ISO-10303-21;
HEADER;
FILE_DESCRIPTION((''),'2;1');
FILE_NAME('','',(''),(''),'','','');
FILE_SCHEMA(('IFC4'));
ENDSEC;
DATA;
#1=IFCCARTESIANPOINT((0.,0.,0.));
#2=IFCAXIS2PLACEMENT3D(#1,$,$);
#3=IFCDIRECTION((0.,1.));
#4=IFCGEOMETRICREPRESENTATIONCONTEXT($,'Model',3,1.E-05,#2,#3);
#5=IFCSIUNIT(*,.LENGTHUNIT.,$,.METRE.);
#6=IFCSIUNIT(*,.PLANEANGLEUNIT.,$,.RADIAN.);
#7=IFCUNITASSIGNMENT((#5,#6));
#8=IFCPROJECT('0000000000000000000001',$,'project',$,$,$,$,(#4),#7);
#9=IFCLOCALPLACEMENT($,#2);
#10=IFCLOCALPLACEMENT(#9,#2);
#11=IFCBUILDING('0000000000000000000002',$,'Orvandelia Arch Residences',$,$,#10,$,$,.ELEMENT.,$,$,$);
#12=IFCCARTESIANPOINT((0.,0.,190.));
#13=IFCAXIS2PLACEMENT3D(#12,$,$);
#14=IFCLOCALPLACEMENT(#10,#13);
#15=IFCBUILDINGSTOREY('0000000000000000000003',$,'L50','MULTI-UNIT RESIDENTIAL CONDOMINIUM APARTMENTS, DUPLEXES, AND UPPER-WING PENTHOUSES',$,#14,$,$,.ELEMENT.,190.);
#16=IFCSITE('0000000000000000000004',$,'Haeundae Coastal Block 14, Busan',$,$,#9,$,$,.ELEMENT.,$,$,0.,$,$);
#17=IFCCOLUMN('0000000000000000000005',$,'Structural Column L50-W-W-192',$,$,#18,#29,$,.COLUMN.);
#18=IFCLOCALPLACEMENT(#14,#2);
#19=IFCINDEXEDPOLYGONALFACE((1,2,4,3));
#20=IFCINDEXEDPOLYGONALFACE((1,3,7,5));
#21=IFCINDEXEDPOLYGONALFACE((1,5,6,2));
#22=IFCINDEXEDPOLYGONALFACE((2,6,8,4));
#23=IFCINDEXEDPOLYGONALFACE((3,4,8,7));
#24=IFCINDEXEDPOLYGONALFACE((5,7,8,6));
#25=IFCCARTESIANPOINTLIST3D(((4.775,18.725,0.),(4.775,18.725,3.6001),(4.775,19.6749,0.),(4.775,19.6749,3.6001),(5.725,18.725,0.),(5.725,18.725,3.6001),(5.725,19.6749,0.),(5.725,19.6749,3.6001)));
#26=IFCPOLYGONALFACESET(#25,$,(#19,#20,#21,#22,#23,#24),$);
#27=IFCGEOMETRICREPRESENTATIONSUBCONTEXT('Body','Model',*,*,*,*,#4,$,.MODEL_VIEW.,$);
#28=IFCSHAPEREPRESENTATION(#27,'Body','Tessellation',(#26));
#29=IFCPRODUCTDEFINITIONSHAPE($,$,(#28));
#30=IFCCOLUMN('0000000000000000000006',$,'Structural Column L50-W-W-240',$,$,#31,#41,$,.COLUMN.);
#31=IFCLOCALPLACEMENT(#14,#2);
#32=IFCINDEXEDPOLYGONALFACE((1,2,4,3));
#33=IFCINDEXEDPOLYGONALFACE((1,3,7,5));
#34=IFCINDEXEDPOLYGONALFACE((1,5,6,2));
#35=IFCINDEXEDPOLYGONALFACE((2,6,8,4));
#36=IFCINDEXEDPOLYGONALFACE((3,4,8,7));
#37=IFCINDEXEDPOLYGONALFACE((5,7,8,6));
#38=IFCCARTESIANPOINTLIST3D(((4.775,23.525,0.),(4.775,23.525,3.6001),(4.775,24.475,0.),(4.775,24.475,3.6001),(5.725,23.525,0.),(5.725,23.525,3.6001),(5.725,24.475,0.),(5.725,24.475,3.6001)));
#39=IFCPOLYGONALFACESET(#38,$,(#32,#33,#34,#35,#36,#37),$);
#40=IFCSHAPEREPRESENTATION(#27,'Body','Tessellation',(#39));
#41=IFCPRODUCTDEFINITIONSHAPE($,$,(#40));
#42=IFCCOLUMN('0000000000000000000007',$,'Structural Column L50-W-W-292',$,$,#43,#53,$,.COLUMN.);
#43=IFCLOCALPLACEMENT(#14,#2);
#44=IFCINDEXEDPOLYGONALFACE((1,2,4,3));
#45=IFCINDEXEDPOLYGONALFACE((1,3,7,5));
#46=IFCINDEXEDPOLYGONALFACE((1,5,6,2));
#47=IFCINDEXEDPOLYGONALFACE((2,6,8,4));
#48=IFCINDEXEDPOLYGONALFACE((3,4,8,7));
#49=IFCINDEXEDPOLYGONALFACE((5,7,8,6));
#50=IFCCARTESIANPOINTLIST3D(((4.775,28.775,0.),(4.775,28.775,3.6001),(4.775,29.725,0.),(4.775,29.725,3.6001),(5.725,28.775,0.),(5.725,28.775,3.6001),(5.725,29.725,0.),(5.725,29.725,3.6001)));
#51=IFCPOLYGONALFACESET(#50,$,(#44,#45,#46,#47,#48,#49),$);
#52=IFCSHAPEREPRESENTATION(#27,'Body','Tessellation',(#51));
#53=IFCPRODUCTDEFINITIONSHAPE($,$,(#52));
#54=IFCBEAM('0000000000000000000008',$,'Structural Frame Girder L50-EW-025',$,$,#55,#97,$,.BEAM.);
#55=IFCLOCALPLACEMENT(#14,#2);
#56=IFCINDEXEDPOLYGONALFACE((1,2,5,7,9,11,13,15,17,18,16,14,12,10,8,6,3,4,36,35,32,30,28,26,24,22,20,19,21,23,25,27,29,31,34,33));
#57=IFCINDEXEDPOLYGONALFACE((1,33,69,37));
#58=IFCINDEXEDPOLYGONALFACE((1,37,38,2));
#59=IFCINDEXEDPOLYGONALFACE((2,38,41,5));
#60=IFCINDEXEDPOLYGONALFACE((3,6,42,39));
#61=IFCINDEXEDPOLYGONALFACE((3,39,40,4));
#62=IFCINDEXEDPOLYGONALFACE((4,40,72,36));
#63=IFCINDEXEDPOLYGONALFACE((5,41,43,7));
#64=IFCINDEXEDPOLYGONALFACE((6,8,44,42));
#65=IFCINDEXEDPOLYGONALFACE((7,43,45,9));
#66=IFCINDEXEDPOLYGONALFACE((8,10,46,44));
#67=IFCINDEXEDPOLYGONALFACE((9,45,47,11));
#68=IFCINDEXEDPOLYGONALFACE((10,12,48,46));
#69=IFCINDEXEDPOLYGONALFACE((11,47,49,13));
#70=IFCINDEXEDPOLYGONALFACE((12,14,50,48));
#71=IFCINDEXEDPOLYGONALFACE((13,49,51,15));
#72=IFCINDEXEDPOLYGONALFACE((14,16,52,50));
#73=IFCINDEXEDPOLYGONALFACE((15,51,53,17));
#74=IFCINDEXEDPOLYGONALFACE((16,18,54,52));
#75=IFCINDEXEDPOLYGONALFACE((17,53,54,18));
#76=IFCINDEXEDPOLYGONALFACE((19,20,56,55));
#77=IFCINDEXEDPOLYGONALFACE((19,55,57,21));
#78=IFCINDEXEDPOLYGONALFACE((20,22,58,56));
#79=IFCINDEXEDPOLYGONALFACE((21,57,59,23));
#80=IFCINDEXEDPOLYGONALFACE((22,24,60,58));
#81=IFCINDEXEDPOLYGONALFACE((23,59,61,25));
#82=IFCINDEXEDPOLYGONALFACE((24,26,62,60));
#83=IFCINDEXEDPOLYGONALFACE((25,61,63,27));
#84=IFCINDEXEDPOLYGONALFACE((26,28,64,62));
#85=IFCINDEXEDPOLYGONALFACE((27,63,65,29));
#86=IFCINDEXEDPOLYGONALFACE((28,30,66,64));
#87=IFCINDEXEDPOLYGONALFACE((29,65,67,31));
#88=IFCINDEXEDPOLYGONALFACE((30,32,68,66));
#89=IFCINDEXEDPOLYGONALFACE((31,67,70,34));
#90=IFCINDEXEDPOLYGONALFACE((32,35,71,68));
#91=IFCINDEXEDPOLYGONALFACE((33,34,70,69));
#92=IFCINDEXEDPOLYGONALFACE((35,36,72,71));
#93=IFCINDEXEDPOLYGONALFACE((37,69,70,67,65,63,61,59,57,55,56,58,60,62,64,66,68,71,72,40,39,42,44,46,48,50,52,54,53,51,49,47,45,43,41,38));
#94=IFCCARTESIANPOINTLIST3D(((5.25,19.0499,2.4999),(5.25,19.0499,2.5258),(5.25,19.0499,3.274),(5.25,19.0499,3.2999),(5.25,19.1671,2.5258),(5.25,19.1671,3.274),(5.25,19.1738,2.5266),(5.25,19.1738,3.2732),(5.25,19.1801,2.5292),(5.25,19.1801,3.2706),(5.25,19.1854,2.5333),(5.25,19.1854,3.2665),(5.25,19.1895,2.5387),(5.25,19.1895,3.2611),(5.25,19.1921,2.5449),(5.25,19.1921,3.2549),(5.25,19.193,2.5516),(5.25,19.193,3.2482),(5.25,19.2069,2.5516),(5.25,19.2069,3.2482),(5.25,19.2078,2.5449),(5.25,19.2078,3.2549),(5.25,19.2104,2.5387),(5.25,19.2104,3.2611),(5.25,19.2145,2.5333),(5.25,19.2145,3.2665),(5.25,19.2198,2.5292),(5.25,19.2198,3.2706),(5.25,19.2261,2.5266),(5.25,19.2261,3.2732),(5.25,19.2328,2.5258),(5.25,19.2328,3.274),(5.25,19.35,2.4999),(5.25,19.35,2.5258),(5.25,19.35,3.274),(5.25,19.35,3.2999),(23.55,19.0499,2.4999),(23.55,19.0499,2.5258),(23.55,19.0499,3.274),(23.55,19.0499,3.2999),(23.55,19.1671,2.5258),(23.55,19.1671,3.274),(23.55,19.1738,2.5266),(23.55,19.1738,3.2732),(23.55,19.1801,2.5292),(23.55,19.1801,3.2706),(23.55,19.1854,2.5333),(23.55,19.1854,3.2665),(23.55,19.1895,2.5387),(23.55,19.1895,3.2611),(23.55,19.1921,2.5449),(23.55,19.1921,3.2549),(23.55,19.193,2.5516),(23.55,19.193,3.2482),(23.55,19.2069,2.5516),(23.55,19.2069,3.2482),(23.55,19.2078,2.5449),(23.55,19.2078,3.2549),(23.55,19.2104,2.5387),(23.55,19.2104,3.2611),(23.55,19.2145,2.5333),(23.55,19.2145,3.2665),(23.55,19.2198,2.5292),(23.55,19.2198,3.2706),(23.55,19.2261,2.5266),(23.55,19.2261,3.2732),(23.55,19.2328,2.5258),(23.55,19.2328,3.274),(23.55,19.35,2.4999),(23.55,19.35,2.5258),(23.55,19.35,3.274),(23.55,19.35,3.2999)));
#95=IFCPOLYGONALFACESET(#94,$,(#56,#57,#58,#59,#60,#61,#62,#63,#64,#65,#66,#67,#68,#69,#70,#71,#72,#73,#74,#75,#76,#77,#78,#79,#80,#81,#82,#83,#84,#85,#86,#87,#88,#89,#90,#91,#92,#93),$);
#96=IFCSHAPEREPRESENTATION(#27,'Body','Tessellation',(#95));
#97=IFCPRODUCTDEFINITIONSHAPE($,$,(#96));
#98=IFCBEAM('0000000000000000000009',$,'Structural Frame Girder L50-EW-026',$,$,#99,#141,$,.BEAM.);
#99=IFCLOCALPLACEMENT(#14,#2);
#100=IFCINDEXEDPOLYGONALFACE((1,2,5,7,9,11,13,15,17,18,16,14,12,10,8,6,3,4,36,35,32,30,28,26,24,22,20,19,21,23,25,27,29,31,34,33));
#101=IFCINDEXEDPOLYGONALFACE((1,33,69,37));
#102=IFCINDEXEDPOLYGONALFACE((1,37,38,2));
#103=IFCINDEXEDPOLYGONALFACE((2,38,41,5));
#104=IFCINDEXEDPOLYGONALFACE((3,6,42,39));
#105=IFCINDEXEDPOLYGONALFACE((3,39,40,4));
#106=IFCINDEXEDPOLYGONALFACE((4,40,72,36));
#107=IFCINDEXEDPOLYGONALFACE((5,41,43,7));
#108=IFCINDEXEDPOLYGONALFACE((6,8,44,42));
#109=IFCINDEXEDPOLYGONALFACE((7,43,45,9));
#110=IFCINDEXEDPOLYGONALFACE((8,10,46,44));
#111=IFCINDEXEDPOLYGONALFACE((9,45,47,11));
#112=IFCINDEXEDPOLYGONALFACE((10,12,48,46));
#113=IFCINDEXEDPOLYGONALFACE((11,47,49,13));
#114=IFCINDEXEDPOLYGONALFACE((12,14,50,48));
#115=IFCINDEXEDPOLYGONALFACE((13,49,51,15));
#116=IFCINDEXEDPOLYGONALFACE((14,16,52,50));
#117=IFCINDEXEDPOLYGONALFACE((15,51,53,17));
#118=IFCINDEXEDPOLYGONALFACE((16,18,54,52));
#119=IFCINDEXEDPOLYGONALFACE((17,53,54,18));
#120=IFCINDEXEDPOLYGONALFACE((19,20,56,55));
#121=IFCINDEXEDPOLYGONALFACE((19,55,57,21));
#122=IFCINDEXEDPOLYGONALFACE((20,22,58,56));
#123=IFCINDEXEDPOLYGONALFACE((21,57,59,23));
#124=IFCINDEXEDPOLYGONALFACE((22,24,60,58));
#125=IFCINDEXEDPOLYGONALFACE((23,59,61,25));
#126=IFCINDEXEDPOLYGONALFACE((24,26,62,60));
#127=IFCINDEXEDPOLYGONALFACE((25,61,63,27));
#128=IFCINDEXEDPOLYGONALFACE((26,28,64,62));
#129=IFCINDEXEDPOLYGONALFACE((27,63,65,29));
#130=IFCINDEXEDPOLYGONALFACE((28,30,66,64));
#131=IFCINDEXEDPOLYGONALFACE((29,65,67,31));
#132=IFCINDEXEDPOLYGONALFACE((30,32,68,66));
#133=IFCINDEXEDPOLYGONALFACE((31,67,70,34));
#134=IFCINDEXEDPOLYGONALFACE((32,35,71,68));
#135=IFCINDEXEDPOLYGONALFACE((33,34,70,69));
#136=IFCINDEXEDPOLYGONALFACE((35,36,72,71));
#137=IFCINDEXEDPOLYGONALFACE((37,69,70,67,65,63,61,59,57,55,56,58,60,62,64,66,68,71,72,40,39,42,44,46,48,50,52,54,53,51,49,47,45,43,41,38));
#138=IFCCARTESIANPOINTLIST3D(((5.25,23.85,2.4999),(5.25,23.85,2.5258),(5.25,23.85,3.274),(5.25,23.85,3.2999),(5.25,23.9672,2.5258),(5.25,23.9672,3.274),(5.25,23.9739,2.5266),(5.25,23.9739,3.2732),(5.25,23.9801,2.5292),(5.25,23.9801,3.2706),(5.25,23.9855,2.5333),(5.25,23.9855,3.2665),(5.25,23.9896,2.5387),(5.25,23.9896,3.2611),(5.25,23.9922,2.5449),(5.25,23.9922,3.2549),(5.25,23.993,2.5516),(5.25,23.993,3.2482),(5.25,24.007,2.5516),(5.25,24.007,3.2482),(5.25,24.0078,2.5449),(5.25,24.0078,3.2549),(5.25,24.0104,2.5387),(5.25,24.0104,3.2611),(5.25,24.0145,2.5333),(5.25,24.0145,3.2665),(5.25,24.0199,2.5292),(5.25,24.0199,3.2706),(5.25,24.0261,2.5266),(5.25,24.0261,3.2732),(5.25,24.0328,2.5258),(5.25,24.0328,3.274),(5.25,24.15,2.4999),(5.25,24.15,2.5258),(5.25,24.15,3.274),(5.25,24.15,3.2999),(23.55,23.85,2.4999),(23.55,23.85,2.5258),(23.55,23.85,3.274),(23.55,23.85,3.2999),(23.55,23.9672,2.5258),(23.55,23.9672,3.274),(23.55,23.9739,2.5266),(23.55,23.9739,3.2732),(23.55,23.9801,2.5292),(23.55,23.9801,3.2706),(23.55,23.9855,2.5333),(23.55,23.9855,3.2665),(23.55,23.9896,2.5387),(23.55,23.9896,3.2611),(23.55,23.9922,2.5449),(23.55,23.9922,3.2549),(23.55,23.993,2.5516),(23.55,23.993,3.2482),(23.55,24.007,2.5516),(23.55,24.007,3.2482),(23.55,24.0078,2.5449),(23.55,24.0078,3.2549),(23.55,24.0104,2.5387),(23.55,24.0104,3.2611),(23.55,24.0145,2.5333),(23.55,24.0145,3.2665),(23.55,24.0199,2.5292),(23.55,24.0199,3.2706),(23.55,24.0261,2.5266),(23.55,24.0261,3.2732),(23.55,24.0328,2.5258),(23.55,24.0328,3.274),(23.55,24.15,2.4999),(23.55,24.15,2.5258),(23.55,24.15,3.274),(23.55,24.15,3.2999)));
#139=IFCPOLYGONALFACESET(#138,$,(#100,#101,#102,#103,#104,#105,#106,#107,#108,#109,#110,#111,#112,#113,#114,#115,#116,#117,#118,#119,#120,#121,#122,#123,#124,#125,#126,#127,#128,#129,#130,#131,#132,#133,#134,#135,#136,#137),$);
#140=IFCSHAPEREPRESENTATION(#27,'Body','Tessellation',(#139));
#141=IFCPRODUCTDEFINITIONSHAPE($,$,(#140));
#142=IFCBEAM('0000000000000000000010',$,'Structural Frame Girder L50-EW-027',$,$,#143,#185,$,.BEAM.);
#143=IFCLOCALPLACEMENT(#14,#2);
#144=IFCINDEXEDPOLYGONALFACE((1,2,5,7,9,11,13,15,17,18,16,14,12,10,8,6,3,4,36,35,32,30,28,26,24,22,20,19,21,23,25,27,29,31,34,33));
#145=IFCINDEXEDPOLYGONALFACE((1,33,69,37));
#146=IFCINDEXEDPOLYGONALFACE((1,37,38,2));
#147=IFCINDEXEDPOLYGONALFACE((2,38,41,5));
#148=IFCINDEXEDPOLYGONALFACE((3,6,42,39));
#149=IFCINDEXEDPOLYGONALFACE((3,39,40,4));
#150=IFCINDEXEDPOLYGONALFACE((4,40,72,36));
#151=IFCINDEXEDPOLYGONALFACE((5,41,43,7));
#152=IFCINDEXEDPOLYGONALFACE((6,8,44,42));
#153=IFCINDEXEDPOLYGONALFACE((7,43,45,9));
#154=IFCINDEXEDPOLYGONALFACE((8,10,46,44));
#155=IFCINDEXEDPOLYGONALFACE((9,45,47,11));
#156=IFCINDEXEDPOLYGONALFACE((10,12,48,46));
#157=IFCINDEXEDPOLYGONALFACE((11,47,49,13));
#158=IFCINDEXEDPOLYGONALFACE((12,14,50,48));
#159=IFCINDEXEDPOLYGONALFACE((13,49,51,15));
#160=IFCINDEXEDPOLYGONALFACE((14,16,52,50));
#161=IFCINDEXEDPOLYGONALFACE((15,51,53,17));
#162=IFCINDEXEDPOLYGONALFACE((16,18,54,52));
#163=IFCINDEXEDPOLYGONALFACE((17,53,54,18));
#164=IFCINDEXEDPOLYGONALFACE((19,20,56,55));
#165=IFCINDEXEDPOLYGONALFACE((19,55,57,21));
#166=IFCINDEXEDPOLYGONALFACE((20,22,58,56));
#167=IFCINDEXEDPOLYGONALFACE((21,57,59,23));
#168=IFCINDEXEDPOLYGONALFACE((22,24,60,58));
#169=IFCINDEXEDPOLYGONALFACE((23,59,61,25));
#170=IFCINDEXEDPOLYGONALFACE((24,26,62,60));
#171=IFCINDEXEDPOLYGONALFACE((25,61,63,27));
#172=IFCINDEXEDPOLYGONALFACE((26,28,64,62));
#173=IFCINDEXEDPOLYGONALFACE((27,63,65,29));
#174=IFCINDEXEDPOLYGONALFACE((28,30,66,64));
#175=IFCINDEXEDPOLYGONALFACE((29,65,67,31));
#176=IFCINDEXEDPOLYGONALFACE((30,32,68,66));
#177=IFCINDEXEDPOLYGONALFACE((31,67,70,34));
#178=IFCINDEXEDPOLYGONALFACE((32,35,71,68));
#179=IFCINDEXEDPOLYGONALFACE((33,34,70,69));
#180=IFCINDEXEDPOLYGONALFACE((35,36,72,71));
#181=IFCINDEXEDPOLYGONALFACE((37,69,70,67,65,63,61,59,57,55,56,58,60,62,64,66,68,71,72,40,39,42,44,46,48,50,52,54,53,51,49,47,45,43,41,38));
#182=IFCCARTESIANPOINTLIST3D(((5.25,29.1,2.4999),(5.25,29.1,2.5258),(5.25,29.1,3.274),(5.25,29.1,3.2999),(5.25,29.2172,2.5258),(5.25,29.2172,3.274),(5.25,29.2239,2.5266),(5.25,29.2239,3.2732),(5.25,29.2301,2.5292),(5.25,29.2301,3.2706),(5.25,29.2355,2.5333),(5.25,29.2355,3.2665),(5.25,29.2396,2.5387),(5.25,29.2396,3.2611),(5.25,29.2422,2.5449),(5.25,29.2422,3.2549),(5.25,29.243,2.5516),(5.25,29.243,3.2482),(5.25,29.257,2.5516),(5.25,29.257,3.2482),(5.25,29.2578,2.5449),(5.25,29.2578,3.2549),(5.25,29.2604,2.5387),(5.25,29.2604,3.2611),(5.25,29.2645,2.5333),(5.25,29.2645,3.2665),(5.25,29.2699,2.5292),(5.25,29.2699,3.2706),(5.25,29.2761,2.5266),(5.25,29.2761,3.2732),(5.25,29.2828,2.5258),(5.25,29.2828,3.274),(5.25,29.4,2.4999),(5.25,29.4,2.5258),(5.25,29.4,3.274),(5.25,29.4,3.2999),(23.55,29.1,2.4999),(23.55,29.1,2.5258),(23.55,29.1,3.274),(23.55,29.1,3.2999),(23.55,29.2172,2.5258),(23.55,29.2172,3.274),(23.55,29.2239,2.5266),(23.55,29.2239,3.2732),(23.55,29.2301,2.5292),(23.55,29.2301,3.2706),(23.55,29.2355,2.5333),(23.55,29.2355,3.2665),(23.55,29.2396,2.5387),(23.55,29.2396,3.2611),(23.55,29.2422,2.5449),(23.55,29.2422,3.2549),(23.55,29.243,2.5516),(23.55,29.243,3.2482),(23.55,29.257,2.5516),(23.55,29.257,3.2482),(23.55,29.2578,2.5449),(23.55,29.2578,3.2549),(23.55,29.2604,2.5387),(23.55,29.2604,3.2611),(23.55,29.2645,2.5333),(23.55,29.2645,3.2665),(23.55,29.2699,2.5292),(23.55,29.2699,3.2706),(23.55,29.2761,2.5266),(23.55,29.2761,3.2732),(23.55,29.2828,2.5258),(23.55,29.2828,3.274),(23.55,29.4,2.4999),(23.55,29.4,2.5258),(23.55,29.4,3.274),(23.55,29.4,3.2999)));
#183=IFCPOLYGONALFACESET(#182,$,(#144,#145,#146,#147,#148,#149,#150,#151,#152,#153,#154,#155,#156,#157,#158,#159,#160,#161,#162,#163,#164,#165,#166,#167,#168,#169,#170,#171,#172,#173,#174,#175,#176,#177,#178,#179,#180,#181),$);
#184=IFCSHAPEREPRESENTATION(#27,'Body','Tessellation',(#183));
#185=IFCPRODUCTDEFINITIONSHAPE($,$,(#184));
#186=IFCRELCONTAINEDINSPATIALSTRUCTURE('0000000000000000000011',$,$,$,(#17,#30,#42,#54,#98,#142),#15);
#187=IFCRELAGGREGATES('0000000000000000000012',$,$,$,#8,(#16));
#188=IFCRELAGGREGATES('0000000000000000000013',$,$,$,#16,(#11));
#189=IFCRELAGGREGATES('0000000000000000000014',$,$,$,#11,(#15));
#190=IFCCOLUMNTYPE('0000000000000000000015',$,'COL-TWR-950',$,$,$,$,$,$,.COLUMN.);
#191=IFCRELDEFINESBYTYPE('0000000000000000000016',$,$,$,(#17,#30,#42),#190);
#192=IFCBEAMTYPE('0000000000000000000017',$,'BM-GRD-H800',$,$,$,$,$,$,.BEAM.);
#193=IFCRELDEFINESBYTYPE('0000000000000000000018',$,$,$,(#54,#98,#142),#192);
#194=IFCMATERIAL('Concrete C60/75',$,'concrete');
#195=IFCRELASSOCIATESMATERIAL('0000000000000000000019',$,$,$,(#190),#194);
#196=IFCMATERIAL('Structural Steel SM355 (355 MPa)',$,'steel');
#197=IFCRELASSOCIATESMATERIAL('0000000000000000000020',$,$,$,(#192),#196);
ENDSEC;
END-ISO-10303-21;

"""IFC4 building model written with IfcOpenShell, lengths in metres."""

from ifc_helpers import new_model, si_unit, direction, frame, origin, origin_2d, place, context, subcontext, project, spatial, rectangle, i_section, extrude, material, material_profile, profile_set, type_object, element, save


model = new_model("IFC4")

# Units and contexts
model_context = context("Model", 3, precision=1e-05, world=origin(), true_north=direction((0.0, 1.0)))
body_context = subcontext(model_context, "Body", "Model", "MODEL_VIEW")
ifc_project = project(units=[si_unit("LENGTHUNIT", "METRE"), si_unit("PLANEANGLEUNIT", "RADIAN")], contexts=[model_context])

# Site, building, storey
site_placement = place(None, origin())
site = spatial("IfcSite", under=ifc_project, at=site_placement, Name="Haeundae Coastal Block 14, Busan", CompositionType="ELEMENT", RefElevation=0.0)
building_placement = place(site_placement, origin())
building = spatial("IfcBuilding", under=site, at=building_placement, Name="Orvandelia Arch Residences", CompositionType="ELEMENT")
storey_placement = place(building_placement, frame((0.0, 0.0, 190.0)))
storey = spatial("IfcBuildingStorey", under=building, at=storey_placement, Name="L50", Description="MULTI-UNIT RESIDENTIAL CONDOMINIUM APARTMENTS, DUPLEXES, AND UPPER-WING PENTHOUSES", CompositionType="ELEMENT", Elevation=190.0)

# Columns
ifc_material_1 = material(Name="Concrete C60/75", Category="concrete")
ifc_material_profile_1 = material_profile(ifc_material_1, rectangle(XDim=0.95, YDim=0.95, at=origin_2d()), Name="Concrete C60/75", Category="concrete")
ifc_profile_set_1 = profile_set([ifc_material_profile_1], Name="Concrete C60/75")
column_type = type_object("IfcColumnType", Name="COL-TWR-950", PredefinedType="COLUMN", material=ifc_profile_set_1)
for number, where, z_axis, x_axis, name in (
    (1, (5.25, 19.2, 0.0), (0.0, 0.0, 1.0), (1.0, 0.0, 0.0), "Structural Column L50-W-W-192"),
    (2, (5.25, 24.0, 0.0), (0.0, 0.0, 1.0), (1.0, 0.0, 0.0), "Structural Column L50-W-W-240"),
    (3, (5.25, 29.25, 0.0), (0.0, 0.0, 1.0), (1.0, 0.0, 0.0), "Structural Column L50-W-W-292"),
):
    element("IfcColumn", number, at=place(storey_placement, frame(where, z_axis=z_axis, x_axis=x_axis)), inside=storey, type_object=column_type, Name=name, PredefinedType="COLUMN", context=body_context, shape_type="SweptSolid", body=[
        extrude(rectangle(XDim=0.95, YDim=0.95, at=origin_2d()), origin(), (0.0, 0.0, 1.0), 3.6001),
    ])

# Beams
ifc_material_2 = material(Name="Structural Steel SM355 (355 MPa)", Category="steel")
ifc_material_profile_2 = material_profile(ifc_material_2, i_section(OverallWidth=0.3, OverallDepth=0.8, WebThickness=0.0139, FlangeThickness=0.0259, FilletRadius=0.0259, at=origin_2d()), Name="Structural Steel SM355 (355 MPa)", Category="steel")
ifc_profile_set_2 = profile_set([ifc_material_profile_2], Name="Structural Steel SM355 (355 MPa)")
beam_type_1 = type_object("IfcBeamType", Name="BM-GRD-H800", PredefinedType="BEAM", material=ifc_profile_set_2)
for number, where, z_axis, x_axis, name in (
    (4, (5.25, 19.2, 2.8999), (1.0, 0.0, 0.0), (0.0, 1.0, 0.0), "Structural Frame Girder L50-EW-025"),
    (5, (5.25, 24.0, 2.8999), (1.0, 0.0, 0.0), (0.0, 1.0, 0.0), "Structural Frame Girder L50-EW-026"),
    (6, (5.25, 29.25, 2.8999), (1.0, 0.0, 0.0), (0.0, 1.0, 0.0), "Structural Frame Girder L50-EW-027"),
):
    element("IfcBeam", number, at=place(storey_placement, frame(where, z_axis=z_axis, x_axis=x_axis)), inside=storey, type_object=beam_type_1, Name=name, PredefinedType="BEAM", context=body_context, shape_type="SweptSolid", body=[
        extrude(i_section(OverallWidth=0.3, OverallDepth=0.8, WebThickness=0.0139, FlangeThickness=0.0259, FilletRadius=0.0259, at=origin_2d()), origin(), (0.0, 0.0, 1.0), 18.3),
    ])

save(model, "model.ifc")
